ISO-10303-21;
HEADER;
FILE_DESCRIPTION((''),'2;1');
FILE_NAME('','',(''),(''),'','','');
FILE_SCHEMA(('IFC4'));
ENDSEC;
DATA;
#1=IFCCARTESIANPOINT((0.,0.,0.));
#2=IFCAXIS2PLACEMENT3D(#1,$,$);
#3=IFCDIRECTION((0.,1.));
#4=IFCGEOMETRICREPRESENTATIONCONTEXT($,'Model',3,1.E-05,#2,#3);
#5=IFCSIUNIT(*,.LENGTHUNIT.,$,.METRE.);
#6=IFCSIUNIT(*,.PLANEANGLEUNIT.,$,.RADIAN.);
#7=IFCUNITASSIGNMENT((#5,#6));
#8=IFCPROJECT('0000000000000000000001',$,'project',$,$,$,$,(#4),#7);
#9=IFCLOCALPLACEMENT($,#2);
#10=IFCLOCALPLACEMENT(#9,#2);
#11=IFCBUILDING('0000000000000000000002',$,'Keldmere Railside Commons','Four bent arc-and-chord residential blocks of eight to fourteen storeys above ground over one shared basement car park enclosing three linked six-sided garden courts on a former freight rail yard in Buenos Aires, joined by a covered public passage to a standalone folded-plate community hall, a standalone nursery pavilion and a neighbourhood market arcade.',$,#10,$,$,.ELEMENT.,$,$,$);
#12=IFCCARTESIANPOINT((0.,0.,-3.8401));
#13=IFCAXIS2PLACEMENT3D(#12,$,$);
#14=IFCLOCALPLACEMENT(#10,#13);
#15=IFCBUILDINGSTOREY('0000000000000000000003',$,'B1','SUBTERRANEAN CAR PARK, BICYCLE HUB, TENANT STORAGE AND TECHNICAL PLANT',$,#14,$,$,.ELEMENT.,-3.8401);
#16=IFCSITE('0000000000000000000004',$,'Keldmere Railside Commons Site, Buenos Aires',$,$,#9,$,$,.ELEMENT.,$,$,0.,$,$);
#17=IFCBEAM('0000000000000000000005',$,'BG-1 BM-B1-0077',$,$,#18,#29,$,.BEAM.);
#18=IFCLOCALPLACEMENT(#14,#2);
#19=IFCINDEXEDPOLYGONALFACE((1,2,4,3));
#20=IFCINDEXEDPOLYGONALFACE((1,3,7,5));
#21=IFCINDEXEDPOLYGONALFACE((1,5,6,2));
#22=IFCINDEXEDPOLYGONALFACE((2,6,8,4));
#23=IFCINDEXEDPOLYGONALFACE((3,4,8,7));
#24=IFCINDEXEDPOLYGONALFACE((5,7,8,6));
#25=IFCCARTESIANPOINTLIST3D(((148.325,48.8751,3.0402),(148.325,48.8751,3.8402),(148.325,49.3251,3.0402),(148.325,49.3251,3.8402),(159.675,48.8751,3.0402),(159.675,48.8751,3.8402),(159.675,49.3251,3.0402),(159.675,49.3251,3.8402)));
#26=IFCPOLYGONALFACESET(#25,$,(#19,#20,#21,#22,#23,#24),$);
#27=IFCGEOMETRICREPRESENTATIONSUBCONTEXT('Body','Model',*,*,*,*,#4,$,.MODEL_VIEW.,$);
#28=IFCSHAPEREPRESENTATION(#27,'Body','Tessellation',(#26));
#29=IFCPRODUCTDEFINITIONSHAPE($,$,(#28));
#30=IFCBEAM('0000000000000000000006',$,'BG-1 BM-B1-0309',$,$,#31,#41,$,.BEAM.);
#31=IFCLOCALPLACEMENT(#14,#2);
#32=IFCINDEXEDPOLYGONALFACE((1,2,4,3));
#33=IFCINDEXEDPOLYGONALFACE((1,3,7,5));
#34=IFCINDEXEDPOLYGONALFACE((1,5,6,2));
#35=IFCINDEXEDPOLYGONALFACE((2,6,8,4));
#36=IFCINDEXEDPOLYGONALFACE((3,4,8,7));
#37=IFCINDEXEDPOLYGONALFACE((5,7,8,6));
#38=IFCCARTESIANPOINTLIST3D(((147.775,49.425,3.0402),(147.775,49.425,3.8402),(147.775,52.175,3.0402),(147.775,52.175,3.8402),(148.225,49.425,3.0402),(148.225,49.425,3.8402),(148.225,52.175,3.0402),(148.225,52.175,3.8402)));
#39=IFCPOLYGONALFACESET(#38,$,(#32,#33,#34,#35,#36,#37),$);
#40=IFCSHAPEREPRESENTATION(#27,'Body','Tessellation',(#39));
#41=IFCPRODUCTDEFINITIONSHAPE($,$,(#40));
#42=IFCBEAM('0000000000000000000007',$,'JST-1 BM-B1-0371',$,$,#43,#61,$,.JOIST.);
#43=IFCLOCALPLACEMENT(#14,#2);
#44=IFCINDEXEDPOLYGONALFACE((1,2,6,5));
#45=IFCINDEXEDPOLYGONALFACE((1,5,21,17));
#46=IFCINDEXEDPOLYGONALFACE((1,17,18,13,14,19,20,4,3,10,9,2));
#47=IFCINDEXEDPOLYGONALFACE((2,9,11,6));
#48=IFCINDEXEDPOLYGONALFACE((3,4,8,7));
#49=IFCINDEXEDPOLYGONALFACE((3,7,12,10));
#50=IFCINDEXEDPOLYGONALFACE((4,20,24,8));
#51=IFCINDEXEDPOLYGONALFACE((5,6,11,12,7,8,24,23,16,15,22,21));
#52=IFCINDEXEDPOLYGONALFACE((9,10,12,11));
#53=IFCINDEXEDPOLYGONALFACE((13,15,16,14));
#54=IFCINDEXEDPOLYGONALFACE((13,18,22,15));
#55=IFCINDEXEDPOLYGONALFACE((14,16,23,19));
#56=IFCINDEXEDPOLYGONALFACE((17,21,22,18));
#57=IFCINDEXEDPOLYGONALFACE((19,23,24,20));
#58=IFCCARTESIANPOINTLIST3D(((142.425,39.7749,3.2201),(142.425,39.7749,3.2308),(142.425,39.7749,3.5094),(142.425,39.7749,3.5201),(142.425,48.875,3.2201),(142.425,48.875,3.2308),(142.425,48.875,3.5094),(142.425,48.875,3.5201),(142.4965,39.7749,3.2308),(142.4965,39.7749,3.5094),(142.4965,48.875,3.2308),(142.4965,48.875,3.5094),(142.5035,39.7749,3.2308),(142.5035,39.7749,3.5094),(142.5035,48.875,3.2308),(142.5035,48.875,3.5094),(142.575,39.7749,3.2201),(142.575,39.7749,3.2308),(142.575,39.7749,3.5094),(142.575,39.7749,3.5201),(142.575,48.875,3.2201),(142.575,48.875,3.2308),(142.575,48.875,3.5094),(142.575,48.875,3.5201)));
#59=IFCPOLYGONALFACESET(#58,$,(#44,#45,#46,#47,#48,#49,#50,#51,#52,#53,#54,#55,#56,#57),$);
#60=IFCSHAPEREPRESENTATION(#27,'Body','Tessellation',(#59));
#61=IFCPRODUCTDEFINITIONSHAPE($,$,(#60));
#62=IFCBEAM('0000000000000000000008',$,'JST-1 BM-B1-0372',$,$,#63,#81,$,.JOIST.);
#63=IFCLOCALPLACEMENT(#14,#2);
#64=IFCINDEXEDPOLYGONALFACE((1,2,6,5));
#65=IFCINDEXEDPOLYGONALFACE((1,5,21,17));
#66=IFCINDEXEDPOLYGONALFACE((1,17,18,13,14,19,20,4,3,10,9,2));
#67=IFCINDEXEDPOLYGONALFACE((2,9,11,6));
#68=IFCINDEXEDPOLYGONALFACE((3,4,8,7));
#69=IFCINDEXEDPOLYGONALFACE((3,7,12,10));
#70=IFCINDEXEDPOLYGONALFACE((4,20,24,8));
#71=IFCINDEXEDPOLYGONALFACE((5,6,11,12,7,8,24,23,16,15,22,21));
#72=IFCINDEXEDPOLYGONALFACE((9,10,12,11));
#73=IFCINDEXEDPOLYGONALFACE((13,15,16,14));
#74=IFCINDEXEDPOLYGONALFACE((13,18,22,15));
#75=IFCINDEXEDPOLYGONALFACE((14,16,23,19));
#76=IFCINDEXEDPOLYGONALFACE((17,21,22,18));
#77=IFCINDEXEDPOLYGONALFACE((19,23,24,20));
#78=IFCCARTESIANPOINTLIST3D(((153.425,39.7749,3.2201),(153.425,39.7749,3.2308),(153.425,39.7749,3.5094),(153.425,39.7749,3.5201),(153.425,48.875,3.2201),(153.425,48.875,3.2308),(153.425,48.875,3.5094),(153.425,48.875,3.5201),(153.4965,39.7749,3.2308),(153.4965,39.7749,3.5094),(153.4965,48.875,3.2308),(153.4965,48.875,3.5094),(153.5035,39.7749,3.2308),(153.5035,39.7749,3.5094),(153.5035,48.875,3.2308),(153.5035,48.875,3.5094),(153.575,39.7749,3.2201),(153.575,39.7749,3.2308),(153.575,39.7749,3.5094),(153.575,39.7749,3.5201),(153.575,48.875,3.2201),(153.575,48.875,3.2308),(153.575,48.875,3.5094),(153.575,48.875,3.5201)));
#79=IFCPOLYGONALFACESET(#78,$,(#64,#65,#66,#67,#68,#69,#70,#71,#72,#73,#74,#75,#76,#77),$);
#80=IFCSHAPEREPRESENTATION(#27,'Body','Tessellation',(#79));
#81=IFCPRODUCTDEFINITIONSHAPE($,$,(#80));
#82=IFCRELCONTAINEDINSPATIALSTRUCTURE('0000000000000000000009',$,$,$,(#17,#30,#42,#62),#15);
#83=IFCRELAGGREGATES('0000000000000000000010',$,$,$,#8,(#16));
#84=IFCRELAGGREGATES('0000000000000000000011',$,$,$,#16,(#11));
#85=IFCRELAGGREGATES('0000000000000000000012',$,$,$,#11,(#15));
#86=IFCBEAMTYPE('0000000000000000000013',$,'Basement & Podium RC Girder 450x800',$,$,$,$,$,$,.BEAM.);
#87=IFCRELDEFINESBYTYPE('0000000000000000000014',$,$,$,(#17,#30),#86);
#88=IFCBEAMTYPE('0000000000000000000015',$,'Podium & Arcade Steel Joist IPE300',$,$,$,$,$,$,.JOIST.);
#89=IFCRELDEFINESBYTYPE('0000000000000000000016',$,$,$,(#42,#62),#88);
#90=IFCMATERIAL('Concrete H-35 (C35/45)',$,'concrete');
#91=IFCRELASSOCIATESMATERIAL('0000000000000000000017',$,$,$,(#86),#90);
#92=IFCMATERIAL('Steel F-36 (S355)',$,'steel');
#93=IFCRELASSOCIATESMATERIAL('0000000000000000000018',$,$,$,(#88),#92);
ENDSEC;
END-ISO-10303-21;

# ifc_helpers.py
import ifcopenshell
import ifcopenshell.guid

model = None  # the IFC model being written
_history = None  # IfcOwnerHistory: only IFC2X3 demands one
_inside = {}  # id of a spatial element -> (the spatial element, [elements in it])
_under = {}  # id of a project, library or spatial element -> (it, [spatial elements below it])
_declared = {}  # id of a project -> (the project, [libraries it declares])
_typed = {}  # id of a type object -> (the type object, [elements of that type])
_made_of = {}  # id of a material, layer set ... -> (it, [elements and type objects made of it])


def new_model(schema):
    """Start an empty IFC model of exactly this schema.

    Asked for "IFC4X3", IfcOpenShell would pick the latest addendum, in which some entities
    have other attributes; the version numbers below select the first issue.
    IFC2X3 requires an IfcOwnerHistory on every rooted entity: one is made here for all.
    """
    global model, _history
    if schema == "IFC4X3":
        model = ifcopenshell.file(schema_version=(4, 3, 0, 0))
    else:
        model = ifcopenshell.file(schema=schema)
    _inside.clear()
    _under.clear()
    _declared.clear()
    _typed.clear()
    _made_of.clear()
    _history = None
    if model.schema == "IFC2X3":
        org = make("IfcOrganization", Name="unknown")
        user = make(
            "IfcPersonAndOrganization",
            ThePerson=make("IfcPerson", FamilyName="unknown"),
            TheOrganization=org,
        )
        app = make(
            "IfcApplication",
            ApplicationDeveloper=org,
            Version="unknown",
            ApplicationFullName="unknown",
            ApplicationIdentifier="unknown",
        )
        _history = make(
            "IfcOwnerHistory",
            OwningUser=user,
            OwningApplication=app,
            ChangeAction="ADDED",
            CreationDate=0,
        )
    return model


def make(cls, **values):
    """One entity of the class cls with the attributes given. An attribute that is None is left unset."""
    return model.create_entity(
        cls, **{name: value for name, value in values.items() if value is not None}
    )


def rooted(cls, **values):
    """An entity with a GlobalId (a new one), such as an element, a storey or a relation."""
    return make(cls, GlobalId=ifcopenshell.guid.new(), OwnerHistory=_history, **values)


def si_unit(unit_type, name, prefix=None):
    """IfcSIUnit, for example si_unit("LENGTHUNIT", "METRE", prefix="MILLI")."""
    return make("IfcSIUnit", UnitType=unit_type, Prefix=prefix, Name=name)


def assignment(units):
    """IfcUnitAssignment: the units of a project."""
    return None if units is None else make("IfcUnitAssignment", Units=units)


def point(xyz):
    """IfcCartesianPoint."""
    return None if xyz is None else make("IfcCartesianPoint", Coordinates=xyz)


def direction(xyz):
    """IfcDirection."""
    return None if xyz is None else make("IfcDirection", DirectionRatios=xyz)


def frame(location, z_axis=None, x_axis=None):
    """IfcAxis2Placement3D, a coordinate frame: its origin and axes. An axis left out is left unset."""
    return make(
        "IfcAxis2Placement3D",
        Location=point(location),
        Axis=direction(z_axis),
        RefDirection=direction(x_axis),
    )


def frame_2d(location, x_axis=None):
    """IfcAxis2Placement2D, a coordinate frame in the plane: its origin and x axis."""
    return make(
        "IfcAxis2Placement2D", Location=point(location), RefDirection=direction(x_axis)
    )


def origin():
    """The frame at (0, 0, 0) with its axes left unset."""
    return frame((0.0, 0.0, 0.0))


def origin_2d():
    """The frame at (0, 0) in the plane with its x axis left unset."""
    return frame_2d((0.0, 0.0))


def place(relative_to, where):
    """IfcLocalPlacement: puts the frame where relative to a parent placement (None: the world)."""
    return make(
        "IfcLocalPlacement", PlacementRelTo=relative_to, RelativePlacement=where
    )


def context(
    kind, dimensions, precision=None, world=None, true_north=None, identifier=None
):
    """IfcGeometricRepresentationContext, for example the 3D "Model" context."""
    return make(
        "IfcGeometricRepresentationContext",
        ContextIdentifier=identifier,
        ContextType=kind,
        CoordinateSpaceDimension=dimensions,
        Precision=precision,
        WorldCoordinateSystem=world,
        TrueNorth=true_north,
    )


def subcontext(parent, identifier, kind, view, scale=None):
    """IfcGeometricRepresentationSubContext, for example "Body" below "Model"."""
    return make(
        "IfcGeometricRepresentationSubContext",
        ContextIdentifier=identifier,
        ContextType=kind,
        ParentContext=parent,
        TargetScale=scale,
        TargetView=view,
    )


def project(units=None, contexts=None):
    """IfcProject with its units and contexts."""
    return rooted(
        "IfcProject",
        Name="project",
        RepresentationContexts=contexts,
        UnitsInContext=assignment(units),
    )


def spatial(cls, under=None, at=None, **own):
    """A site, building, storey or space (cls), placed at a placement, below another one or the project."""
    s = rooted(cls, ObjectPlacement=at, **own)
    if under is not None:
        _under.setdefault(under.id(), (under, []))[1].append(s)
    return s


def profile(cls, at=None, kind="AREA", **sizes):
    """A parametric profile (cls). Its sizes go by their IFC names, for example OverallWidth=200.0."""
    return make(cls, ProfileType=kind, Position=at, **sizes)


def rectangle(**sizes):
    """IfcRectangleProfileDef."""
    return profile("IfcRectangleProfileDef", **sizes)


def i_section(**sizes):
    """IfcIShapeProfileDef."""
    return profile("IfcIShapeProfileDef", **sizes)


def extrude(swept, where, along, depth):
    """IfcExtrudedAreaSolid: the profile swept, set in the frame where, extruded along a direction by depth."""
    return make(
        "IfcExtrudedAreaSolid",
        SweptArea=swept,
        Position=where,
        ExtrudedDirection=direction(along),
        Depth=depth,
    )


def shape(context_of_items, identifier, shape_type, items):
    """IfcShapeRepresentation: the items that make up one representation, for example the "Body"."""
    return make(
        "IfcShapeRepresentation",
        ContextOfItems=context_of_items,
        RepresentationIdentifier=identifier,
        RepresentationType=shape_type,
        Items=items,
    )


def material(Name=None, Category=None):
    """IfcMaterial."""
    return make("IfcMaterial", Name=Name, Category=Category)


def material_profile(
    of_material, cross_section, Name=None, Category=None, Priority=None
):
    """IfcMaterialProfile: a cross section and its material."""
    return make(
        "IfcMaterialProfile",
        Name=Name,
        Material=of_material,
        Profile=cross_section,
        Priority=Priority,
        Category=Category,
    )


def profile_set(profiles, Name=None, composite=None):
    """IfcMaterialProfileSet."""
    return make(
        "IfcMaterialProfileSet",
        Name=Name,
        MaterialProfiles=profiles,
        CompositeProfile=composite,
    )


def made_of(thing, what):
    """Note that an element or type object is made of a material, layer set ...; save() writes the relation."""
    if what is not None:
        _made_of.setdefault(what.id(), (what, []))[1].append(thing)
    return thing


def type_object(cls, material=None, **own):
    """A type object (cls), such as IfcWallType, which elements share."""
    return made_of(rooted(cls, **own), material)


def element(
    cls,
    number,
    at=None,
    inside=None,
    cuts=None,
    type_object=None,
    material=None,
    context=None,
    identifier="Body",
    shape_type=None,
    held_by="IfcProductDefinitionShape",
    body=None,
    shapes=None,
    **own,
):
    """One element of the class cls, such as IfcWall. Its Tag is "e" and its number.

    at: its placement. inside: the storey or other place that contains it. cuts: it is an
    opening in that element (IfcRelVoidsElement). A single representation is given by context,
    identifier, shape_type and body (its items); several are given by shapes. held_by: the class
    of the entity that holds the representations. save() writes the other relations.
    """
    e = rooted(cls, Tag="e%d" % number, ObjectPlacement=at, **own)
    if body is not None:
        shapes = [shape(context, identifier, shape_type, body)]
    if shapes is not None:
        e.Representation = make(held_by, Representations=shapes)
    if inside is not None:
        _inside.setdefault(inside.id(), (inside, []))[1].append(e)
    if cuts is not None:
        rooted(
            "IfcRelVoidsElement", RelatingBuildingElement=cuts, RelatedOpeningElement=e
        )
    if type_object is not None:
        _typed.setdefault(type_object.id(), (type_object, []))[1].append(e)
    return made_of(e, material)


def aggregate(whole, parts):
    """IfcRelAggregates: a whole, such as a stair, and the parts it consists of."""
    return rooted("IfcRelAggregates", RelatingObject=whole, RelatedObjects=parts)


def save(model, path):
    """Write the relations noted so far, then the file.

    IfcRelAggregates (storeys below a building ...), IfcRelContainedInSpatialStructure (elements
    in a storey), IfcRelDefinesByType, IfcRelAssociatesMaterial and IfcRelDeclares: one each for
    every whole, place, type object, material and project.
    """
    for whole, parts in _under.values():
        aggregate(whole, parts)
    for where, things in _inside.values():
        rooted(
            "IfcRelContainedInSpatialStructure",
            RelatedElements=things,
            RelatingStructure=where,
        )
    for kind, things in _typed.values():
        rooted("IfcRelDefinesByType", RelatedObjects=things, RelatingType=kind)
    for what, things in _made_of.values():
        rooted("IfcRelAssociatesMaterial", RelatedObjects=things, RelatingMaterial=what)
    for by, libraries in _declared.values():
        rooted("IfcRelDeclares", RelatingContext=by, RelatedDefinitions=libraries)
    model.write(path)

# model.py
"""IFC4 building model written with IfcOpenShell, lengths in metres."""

from ifc_helpers import new_model, si_unit, direction, frame, origin, origin_2d, place, context, subcontext, project, spatial, rectangle, i_section, extrude, material, material_profile, profile_set, type_object, element, save


model = new_model("IFC4")

# Units and contexts
model_context = context("Model", 3, precision=1e-05, world=origin(), true_north=direction((0.0, 1.0)))
body_context = subcontext(model_context, "Body", "Model", "MODEL_VIEW")
ifc_project = project(units=[si_unit("LENGTHUNIT", "METRE"), si_unit("PLANEANGLEUNIT", "RADIAN")], contexts=[model_context])

# Site, building, storey
site_placement = place(None, origin())
site = spatial("IfcSite", under=ifc_project, at=site_placement, Name="Keldmere Railside Commons Site, Buenos Aires", CompositionType="ELEMENT", RefElevation=0.0)
building_placement = place(site_placement, origin())
building = spatial("IfcBuilding", under=site, at=building_placement, Name="Keldmere Railside Commons", Description="Four bent arc-and-chord residential blocks of eight to fourteen storeys above ground over one shared basement car park enclosing three linked six-sided garden courts on a former freight rail yard in Buenos Aires, joined by a covered public passage to a standalone folded-plate community hall, a standalone nursery pavilion and a neighbourhood market arcade.", CompositionType="ELEMENT")
storey_placement = place(building_placement, frame((0.0, 0.0, -3.8401)))
storey = spatial("IfcBuildingStorey", under=building, at=storey_placement, Name="B1", Description="SUBTERRANEAN CAR PARK, BICYCLE HUB, TENANT STORAGE AND TECHNICAL PLANT", CompositionType="ELEMENT", Elevation=-3.8401)

# Beams
ifc_material_1 = material(Name="Concrete H-35 (C35/45)", Category="concrete")
ifc_material_profile_1 = material_profile(ifc_material_1, rectangle(XDim=0.45, YDim=0.8, at=origin_2d()), Name="RC-450x800")
ifc_profile_set_1 = profile_set([ifc_material_profile_1], Name="Concrete H-35 (C35/45)")
beam_type_1 = type_object("IfcBeamType", Name="Basement & Podium RC Girder 450x800", PredefinedType="BEAM", material=ifc_profile_set_1)
beam_1_placement = place(storey_placement, frame((148.325, 49.1001, 3.4402), z_axis=(1.0, 0.0, 0.0), x_axis=(0.0, 1.0, 0.0)))
element("IfcBeam", 1, at=beam_1_placement, inside=storey, type_object=beam_type_1, Name="BG-1 BM-B1-0077", PredefinedType="BEAM", context=body_context, shape_type="SweptSolid", body=[
    extrude(rectangle(XDim=0.45, YDim=0.8, at=origin_2d()), origin(), (0.0, 0.0, 1.0), 11.3501),
])
beam_2_placement = place(storey_placement, frame((148.0, 49.425, 3.4402), z_axis=(0.0, 1.0, 0.0), x_axis=(-1.0, 0.0, 0.0)))
element("IfcBeam", 2, at=beam_2_placement, inside=storey, type_object=beam_type_1, Name="BG-1 BM-B1-0309", PredefinedType="BEAM", context=body_context, shape_type="SweptSolid", body=[
    extrude(rectangle(XDim=0.45, YDim=0.8, at=origin_2d()), origin(), (0.0, 0.0, 1.0), 2.75),
])
ifc_material_2 = material(Name="Steel F-36 (S355)", Category="steel")
ifc_material_profile_2 = material_profile(ifc_material_2, i_section(OverallWidth=0.1499, OverallDepth=0.3, WebThickness=0.0071, FlangeThickness=0.0107, at=origin_2d()), Name="IPE-300")
ifc_profile_set_2 = profile_set([ifc_material_profile_2], Name="Steel F-36 (S355)")
beam_type_2 = type_object("IfcBeamType", Name="Podium & Arcade Steel Joist IPE300", PredefinedType="JOIST", material=ifc_profile_set_2)
for number, where, z_axis, x_axis, name in (
    (3, (142.5, 39.7749, 3.3701), (0.0, 1.0, 0.0), (-1.0, 0.0, 0.0), "JST-1 BM-B1-0371"),
    (4, (153.5, 39.7749, 3.3701), (0.0, 1.0, 0.0), (-1.0, 0.0, 0.0), "JST-1 BM-B1-0372"),
):
    element("IfcBeam", number, at=place(storey_placement, frame(where, z_axis=z_axis, x_axis=x_axis)), inside=storey, type_object=beam_type_2, Name=name, PredefinedType="JOIST", context=body_context, shape_type="SweptSolid", body=[
        extrude(i_section(OverallWidth=0.1499, OverallDepth=0.3, WebThickness=0.0071, FlangeThickness=0.0107, at=origin_2d()), origin(), (0.0, 0.0, 1.0), 9.1001),
    ])

save(model, "model.ifc")
